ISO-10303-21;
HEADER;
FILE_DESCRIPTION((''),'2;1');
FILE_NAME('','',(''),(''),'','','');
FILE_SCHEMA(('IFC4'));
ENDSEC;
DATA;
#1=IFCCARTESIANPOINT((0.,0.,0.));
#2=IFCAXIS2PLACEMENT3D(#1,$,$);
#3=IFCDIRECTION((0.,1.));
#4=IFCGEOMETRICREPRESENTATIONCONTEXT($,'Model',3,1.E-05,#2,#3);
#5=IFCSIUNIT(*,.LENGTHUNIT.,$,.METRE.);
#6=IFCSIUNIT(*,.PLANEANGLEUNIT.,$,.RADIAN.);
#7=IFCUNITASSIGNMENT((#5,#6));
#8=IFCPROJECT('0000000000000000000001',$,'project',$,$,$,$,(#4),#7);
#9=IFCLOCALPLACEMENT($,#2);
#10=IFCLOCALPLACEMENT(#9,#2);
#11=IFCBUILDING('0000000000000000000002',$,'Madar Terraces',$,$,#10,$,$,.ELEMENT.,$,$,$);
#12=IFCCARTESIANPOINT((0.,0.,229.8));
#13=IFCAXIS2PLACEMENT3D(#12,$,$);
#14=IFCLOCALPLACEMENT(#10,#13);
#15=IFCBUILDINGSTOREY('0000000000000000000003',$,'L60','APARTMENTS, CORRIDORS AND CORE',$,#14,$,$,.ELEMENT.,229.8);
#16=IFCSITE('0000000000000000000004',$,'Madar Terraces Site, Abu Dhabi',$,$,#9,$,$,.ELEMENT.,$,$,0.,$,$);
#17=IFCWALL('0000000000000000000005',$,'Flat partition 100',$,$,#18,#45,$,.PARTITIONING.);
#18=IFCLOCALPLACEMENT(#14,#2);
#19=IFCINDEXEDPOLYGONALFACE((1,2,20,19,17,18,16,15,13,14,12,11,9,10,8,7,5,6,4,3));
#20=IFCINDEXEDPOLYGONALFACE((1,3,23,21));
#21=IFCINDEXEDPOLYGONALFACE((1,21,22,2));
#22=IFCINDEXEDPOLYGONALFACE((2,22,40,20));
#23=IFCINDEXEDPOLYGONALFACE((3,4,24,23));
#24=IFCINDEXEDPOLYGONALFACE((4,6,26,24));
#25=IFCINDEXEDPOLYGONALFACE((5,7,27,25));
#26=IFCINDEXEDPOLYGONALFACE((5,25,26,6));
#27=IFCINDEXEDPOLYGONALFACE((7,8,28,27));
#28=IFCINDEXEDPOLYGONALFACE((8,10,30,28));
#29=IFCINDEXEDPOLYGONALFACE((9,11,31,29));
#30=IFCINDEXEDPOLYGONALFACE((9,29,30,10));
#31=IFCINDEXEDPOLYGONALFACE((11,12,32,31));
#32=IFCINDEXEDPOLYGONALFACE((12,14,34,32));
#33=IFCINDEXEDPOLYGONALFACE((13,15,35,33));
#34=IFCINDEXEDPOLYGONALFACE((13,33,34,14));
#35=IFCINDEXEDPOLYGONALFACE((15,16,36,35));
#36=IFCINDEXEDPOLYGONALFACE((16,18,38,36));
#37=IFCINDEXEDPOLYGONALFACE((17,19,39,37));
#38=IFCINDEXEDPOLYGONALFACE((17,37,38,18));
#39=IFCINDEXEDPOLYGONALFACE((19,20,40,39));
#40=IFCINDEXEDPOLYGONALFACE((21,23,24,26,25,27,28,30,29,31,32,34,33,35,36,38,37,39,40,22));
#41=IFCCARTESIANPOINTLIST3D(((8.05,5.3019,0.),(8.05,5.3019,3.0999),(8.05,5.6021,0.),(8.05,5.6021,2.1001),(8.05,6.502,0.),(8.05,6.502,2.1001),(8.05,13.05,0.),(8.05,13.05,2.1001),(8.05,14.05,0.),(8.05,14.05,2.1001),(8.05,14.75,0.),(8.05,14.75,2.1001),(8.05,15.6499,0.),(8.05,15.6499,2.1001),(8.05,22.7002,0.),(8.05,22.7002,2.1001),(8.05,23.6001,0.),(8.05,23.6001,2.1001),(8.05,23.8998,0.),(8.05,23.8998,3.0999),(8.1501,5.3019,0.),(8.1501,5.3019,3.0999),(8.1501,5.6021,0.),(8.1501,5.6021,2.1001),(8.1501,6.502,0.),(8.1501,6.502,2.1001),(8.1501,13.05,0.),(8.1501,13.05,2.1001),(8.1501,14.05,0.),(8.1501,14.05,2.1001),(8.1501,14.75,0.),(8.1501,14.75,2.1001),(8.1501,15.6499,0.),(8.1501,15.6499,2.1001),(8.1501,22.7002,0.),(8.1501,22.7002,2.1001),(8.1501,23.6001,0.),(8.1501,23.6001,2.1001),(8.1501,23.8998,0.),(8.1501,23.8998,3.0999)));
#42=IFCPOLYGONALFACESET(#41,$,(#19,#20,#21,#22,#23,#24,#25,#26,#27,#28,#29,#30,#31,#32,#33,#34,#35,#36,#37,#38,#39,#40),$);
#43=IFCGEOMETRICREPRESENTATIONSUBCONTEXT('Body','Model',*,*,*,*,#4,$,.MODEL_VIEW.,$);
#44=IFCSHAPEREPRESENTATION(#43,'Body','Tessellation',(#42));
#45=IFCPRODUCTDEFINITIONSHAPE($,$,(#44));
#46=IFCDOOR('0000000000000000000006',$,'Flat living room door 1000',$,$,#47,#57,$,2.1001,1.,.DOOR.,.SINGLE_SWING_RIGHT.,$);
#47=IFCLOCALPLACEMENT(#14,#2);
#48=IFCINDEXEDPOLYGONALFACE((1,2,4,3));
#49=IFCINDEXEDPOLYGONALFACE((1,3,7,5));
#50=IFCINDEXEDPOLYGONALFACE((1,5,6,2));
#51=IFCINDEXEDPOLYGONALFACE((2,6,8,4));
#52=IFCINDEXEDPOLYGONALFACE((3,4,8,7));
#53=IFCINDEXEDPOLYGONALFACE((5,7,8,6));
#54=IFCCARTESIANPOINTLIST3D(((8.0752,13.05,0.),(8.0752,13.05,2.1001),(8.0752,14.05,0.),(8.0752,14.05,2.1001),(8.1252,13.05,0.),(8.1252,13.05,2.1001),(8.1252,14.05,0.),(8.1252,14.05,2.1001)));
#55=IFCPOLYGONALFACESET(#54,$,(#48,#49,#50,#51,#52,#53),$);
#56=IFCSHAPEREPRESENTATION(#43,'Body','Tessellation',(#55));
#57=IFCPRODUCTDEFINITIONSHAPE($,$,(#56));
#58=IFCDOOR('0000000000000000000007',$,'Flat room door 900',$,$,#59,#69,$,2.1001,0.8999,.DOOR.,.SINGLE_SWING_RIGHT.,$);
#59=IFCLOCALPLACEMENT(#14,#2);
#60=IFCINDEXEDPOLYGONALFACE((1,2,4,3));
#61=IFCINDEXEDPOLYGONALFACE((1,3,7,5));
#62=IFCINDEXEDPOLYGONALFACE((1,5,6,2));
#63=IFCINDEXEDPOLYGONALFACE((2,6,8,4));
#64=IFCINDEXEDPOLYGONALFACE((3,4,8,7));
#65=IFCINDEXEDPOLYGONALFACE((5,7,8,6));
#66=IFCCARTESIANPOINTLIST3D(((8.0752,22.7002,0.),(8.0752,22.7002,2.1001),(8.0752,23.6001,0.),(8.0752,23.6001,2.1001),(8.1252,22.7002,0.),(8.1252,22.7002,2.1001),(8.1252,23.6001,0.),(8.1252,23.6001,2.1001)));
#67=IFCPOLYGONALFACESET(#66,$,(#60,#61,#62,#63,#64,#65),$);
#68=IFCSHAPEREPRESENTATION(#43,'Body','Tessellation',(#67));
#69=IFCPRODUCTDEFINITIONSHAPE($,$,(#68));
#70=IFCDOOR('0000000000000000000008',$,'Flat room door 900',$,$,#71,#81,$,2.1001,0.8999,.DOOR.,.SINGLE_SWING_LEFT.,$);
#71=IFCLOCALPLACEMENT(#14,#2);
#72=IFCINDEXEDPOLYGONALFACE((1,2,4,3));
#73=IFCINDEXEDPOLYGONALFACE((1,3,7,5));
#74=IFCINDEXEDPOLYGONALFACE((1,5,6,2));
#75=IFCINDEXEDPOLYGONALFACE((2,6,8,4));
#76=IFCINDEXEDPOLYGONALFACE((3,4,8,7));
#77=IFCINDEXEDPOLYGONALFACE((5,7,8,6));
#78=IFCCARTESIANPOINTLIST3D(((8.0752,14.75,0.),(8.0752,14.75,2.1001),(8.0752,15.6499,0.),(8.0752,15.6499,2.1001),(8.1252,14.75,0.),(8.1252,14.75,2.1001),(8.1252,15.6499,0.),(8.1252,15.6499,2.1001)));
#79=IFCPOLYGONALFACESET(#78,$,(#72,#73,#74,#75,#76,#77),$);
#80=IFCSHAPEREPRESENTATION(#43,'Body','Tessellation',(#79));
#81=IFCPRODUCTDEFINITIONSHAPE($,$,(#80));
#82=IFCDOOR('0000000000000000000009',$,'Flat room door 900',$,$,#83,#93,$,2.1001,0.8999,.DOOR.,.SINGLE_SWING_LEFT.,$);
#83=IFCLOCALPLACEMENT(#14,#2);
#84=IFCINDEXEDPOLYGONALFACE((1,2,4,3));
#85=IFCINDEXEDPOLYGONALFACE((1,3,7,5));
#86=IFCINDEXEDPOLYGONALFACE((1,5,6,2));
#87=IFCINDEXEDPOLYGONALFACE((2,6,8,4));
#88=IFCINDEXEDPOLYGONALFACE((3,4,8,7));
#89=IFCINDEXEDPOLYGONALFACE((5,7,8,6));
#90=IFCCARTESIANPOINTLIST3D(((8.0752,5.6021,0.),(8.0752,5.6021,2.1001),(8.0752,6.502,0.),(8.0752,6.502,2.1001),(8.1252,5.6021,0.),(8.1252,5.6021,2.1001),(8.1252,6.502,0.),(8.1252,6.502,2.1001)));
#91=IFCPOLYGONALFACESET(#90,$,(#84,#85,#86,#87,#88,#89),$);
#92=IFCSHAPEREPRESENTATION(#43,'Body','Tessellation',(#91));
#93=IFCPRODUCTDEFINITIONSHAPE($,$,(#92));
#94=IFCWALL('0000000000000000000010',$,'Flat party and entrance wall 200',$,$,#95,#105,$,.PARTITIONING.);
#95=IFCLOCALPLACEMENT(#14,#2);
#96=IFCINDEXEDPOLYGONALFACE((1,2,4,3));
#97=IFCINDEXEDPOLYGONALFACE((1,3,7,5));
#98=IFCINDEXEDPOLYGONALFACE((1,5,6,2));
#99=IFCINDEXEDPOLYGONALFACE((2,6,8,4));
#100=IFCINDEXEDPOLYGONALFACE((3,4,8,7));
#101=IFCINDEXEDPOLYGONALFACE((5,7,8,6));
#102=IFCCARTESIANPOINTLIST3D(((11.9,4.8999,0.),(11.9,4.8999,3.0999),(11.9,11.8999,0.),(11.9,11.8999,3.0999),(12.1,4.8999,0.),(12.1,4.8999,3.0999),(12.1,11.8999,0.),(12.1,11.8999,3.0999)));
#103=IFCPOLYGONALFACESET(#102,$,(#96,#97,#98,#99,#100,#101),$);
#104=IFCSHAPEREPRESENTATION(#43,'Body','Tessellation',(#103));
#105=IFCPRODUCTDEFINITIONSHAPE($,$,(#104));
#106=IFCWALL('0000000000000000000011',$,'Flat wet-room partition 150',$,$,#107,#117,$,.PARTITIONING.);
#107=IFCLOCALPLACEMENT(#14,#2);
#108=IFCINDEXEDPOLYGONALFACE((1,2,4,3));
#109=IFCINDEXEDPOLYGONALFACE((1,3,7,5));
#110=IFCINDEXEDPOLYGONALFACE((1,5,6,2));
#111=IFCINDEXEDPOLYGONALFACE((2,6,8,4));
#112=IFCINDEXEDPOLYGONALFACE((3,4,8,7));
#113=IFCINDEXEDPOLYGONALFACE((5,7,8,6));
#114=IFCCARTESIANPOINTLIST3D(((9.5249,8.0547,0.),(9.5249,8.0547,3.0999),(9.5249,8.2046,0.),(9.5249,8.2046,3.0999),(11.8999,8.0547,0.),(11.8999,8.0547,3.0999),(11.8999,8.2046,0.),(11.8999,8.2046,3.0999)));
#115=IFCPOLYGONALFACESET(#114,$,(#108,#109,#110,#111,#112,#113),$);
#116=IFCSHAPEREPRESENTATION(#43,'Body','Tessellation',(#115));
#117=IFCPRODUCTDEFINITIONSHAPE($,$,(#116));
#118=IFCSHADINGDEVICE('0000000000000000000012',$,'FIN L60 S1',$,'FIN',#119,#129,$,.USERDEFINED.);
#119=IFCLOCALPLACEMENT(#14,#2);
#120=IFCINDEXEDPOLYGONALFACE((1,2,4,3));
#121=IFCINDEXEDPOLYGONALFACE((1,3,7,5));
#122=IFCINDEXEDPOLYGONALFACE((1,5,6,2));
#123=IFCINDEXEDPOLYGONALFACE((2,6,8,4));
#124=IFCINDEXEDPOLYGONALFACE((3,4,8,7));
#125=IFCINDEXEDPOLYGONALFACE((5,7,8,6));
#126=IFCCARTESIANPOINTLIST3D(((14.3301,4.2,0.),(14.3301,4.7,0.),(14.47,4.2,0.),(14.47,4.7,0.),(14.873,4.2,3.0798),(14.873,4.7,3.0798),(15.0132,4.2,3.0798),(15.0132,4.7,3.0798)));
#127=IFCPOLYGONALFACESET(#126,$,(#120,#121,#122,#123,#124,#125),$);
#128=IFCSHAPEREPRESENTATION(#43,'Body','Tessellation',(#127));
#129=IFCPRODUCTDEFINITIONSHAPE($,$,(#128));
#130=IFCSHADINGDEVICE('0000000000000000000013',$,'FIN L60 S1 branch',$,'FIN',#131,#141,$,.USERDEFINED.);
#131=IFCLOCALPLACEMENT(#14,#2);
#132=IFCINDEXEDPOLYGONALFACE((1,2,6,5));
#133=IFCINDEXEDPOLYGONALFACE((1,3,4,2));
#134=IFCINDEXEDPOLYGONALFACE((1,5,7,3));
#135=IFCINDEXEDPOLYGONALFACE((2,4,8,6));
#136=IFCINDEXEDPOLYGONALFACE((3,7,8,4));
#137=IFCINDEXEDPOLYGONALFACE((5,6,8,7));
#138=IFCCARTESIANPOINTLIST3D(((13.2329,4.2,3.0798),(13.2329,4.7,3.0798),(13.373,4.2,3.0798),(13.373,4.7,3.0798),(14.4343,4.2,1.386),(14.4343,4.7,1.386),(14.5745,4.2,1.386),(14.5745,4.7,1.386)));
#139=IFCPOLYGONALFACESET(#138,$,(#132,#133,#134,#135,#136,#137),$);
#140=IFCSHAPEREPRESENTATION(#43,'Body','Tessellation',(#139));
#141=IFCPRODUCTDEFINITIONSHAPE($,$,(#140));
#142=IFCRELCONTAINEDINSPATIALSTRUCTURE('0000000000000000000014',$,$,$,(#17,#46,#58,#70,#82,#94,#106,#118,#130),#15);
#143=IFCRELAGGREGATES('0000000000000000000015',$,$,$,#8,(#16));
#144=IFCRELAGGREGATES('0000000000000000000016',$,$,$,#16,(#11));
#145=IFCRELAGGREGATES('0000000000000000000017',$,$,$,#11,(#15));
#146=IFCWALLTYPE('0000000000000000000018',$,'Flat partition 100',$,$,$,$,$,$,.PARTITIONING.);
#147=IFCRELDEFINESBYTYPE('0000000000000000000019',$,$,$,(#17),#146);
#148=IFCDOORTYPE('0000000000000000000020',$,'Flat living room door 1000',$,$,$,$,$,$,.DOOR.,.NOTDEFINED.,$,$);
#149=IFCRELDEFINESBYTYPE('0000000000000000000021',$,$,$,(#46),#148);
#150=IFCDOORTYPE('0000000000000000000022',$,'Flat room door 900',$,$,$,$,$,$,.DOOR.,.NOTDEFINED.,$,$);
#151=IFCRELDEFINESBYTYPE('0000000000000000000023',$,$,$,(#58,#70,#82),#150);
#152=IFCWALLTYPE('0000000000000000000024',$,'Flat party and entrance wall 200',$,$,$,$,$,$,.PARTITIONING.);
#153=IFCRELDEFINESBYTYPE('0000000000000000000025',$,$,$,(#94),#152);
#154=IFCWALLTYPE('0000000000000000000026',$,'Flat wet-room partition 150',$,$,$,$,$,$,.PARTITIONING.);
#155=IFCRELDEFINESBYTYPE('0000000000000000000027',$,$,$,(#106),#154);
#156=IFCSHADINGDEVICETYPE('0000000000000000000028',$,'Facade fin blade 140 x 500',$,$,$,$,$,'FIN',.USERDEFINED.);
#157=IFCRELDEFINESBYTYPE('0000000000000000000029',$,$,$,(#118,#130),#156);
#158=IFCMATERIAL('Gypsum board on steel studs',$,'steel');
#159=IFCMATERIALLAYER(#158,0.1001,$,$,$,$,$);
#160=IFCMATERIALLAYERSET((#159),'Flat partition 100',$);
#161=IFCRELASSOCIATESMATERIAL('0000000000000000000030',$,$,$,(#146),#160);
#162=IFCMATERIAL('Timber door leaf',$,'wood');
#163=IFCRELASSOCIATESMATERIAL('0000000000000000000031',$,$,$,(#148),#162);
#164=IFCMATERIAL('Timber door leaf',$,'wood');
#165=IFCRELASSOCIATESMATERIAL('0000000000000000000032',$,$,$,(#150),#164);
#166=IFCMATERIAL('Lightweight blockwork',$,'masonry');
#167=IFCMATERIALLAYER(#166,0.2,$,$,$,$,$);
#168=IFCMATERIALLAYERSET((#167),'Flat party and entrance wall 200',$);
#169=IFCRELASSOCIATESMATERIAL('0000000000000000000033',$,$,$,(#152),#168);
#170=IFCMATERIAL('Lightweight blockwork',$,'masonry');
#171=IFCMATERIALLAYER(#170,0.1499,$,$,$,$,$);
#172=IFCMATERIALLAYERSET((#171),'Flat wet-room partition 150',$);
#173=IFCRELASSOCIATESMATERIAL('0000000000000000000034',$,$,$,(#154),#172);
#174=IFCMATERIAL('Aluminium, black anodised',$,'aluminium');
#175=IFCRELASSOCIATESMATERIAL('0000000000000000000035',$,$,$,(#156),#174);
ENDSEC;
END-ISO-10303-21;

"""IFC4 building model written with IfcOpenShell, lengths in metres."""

from ifc_helpers import new_model, si_unit, direction, frame, frame_2d, origin, place, context, subcontext, project, spatial, polyline, rectangle, outline, extrude, material, layer, layer_set, type_object, element, fill, save


model = new_model("IFC4")

# Units and contexts
model_context = context("Model", 3, precision=1e-05, world=origin(), true_north=direction((0.0, 1.0)))
body_context = subcontext(model_context, "Body", "Model", "MODEL_VIEW")
ifc_project = project(units=[si_unit("LENGTHUNIT", "METRE"), si_unit("PLANEANGLEUNIT", "RADIAN")], contexts=[model_context])

# Site, building, storey
site_placement = place(None, origin())
site = spatial("IfcSite", under=ifc_project, at=site_placement, Name="Madar Terraces Site, Abu Dhabi", CompositionType="ELEMENT", RefElevation=0.0)
building_placement = place(site_placement, origin())
building = spatial("IfcBuilding", under=site, at=building_placement, Name="Madar Terraces", CompositionType="ELEMENT")
storey_placement = place(building_placement, frame((0.0, 0.0, 229.8)))
storey = spatial("IfcBuildingStorey", under=building, at=storey_placement, Name="L60", Description="APARTMENTS, CORRIDORS AND CORE", CompositionType="ELEMENT", Elevation=229.8)

# Wall, openings, doors
ifc_material_1 = material(Name="Gypsum board on steel studs", Category="steel")
ifc_layer_1 = layer(ifc_material_1, 0.1001)
ifc_layer_set_1 = layer_set([ifc_layer_1], Name="Flat partition 100")
wall_type_1 = type_object("IfcWallType", Name="Flat partition 100", PredefinedType="PARTITIONING", material=ifc_layer_set_1)
wall_1_placement = place(storey_placement, frame((8.1001, 5.302, 0.0), z_axis=(0.0, 0.0, 1.0), x_axis=(0.0, 1.0, 0.0)))
wall_1 = element("IfcWall", 1, at=wall_1_placement, inside=storey, type_object=wall_type_1, Name="Flat partition 100", PredefinedType="PARTITIONING", context=body_context, shape_type="SweptSolid", body=[
    extrude(rectangle(XDim=18.5979, YDim=0.1001, at=frame_2d((9.2988, 0.0))), origin(), (0.0, 0.0, 1.0), 3.0999),
])
opening_1_placement = place(wall_1_placement, frame((17.3982, 0.0, 0.0)))
opening_1 = element("IfcOpeningElement", 2, at=opening_1_placement, cuts=wall_1, PredefinedType="OPENING", context=body_context, shape_type="SweptSolid", body=[
    extrude(rectangle(XDim=0.8999, YDim=2.1001, at=frame_2d((0.45, 1.05))), frame((0.0, 0.0601, 0.0), z_axis=(0.0, -1.0, 0.0), x_axis=(1.0, 0.0, 0.0)), (0.0, 0.0, 1.0), 0.1201),
])
opening_2_placement = place(wall_1_placement, frame((9.448, 0.0, 0.0)))
opening_2 = element("IfcOpeningElement", 3, at=opening_2_placement, cuts=wall_1, PredefinedType="OPENING", context=body_context, shape_type="SweptSolid", body=[
    extrude(rectangle(XDim=0.8999, YDim=2.1001, at=frame_2d((0.45, 1.05))), frame((0.0, 0.0601, 0.0), z_axis=(0.0, -1.0, 0.0), x_axis=(1.0, 0.0, 0.0)), (0.0, 0.0, 1.0), 0.1201),
])
opening_3_placement = place(wall_1_placement, frame((7.748, 0.0, 0.0)))
opening_3 = element("IfcOpeningElement", 4, at=opening_3_placement, cuts=wall_1, PredefinedType="OPENING", context=body_context, shape_type="SweptSolid", body=[
    extrude(rectangle(XDim=1.0, YDim=2.1001, at=frame_2d((0.5, 1.05))), frame((0.0, 0.0601, 0.0), z_axis=(0.0, -1.0, 0.0), x_axis=(1.0, 0.0, 0.0)), (0.0, 0.0, 1.0), 0.1201),
])
opening_4_placement = place(wall_1_placement, frame((0.3, 0.0, 0.0)))
opening_4 = element("IfcOpeningElement", 5, at=opening_4_placement, cuts=wall_1, PredefinedType="OPENING", context=body_context, shape_type="SweptSolid", body=[
    extrude(rectangle(XDim=0.8999, YDim=2.1001, at=frame_2d((0.45, 1.05))), frame((0.0, 0.0601, 0.0), z_axis=(0.0, -1.0, 0.0), x_axis=(1.0, 0.0, 0.0)), (0.0, 0.0, 1.0), 0.1201),
])
ifc_material_2 = material(Name="Timber door leaf", Category="wood")
door_type_1 = type_object("IfcDoorType", Name="Flat living room door 1000", OperationType="NOTDEFINED", PredefinedType="DOOR", material=ifc_material_2)
door_1_placement = place(opening_3_placement, origin())
door_1 = element("IfcDoor", 6, at=door_1_placement, inside=storey, type_object=door_type_1, Name="Flat living room door 1000", OperationType="SINGLE_SWING_RIGHT", OverallHeight=2.1001, OverallWidth=1.0, PredefinedType="DOOR", context=body_context, shape_type="SweptSolid", body=[
    extrude(rectangle(XDim=1.0, YDim=2.1001, at=frame_2d((0.5, 1.05))), frame((0.0, 0.0249, 0.0), z_axis=(0.0, -1.0, 0.0), x_axis=(1.0, 0.0, 0.0)), (0.0, 0.0, 1.0), 0.05),
])
fill(opening_3, door_1)
ifc_material_3 = material(Name="Timber door leaf", Category="wood")
door_type_2 = type_object("IfcDoorType", Name="Flat room door 900", OperationType="NOTDEFINED", PredefinedType="DOOR", material=ifc_material_3)
door_2_placement = place(opening_1_placement, origin())
door_2 = element("IfcDoor", 7, at=door_2_placement, inside=storey, type_object=door_type_2, Name="Flat room door 900", OperationType="SINGLE_SWING_RIGHT", OverallHeight=2.1001, OverallWidth=0.8999, PredefinedType="DOOR", context=body_context, shape_type="SweptSolid", body=[
    extrude(rectangle(XDim=0.8999, YDim=2.1001, at=frame_2d((0.45, 1.05))), frame((0.0, 0.0249, 0.0), z_axis=(0.0, -1.0, 0.0), x_axis=(1.0, 0.0, 0.0)), (0.0, 0.0, 1.0), 0.05),
])
fill(opening_1, door_2)
door_3_placement = place(opening_2_placement, origin())
door_3 = element("IfcDoor", 8, at=door_3_placement, inside=storey, type_object=door_type_2, Name="Flat room door 900", OperationType="SINGLE_SWING_LEFT", OverallHeight=2.1001, OverallWidth=0.8999, PredefinedType="DOOR", context=body_context, shape_type="SweptSolid", body=[
    extrude(rectangle(XDim=0.8999, YDim=2.1001, at=frame_2d((0.45, 1.05))), frame((0.0, 0.0249, 0.0), z_axis=(0.0, -1.0, 0.0), x_axis=(1.0, 0.0, 0.0)), (0.0, 0.0, 1.0), 0.05),
])
fill(opening_2, door_3)
door_4_placement = place(opening_4_placement, origin())
door_4 = element("IfcDoor", 9, at=door_4_placement, inside=storey, type_object=door_type_2, Name="Flat room door 900", OperationType="SINGLE_SWING_LEFT", OverallHeight=2.1001, OverallWidth=0.8999, PredefinedType="DOOR", context=body_context, shape_type="SweptSolid", body=[
    extrude(rectangle(XDim=0.8999, YDim=2.1001, at=frame_2d((0.45, 1.05))), frame((0.0, 0.0249, 0.0), z_axis=(0.0, -1.0, 0.0), x_axis=(1.0, 0.0, 0.0)), (0.0, 0.0, 1.0), 0.05),
])
fill(opening_4, door_4)

# Walls
ifc_material_4 = material(Name="Lightweight blockwork", Category="masonry")
ifc_layer_2 = layer(ifc_material_4, 0.2)
ifc_layer_set_2 = layer_set([ifc_layer_2], Name="Flat party and entrance wall 200")
wall_type_2 = type_object("IfcWallType", Name="Flat party and entrance wall 200", PredefinedType="PARTITIONING", material=ifc_layer_set_2)
wall_2_placement = place(storey_placement, frame((12.0, 4.8999, 0.0), z_axis=(0.0, 0.0, 1.0), x_axis=(0.0, 1.0, 0.0)))
element("IfcWall", 10, at=wall_2_placement, inside=storey, type_object=wall_type_2, Name="Flat party and entrance wall 200", PredefinedType="PARTITIONING", context=body_context, shape_type="SweptSolid", body=[
    extrude(rectangle(XDim=7.0, YDim=0.2, at=frame_2d((3.5, 0.0))), origin(), (0.0, 0.0, 1.0), 3.0999),
])
ifc_material_5 = material(Name="Lightweight blockwork", Category="masonry")
ifc_layer_3 = layer(ifc_material_5, 0.1499)
ifc_layer_set_3 = layer_set([ifc_layer_3], Name="Flat wet-room partition 150")
wall_type_3 = type_object("IfcWallType", Name="Flat wet-room partition 150", PredefinedType="PARTITIONING", material=ifc_layer_set_3)
wall_3_placement = place(storey_placement, frame((11.8999, 8.1296, 0.0), z_axis=(0.0, 0.0, 1.0), x_axis=(-1.0, 0.0, 0.0)))
element("IfcWall", 11, at=wall_3_placement, inside=storey, type_object=wall_type_3, Name="Flat wet-room partition 150", PredefinedType="PARTITIONING", context=body_context, shape_type="SweptSolid", body=[
    extrude(rectangle(XDim=2.375, YDim=0.1499, at=frame_2d((1.1875, 0.0))), origin(), (0.0, 0.0, 1.0), 3.0999),
])

# Shading devices
ifc_material_6 = material(Name="Aluminium, black anodised", Category="aluminium")
shading_device_type = type_object("IfcShadingDeviceType", Name="Facade fin blade 140 x 500", ElementType="FIN", PredefinedType="USERDEFINED", material=ifc_material_6)
shading_device_1_placement = place(storey_placement, frame((14.3301, 4.45, 0.0), z_axis=(0.0, 0.0, 1.0), x_axis=(1.0, 0.0, 0.0)))
element("IfcShadingDevice", 12, at=shading_device_1_placement, inside=storey, type_object=shading_device_type, Name="FIN L60 S1", ObjectType="FIN", PredefinedType="USERDEFINED", context=body_context, shape_type="SweptSolid", body=[
    extrude(outline(polyline([(0.0, 0.0), (0.1399, 0.0), (0.6831, 3.0798), (0.543, 3.0798), (0.0, 0.0)])), frame((0.0, 0.25, 0.0), z_axis=(0.0, -1.0, 0.0), x_axis=(1.0, 0.0, 0.0)), (0.0, 0.0, 1.0), 0.5),
])
shading_device_2_placement = place(storey_placement, frame((14.4343, 4.45, 1.386), z_axis=(0.0, 0.0, 1.0), x_axis=(1.0, 0.0, 0.0)))
element("IfcShadingDevice", 13, at=shading_device_2_placement, inside=storey, type_object=shading_device_type, Name="FIN L60 S1 branch", ObjectType="FIN", PredefinedType="USERDEFINED", context=body_context, shape_type="SweptSolid", body=[
    extrude(outline(polyline([(0.0, 0.0), (0.1401, 0.0), (-1.0613, 1.6938), (-1.2014, 1.6938), (0.0, 0.0)])), frame((0.0, 0.25, 0.0), z_axis=(0.0, -1.0, 0.0), x_axis=(1.0, 0.0, 0.0)), (0.0, 0.0, 1.0), 0.5),
])

save(model, "model.ifc")
